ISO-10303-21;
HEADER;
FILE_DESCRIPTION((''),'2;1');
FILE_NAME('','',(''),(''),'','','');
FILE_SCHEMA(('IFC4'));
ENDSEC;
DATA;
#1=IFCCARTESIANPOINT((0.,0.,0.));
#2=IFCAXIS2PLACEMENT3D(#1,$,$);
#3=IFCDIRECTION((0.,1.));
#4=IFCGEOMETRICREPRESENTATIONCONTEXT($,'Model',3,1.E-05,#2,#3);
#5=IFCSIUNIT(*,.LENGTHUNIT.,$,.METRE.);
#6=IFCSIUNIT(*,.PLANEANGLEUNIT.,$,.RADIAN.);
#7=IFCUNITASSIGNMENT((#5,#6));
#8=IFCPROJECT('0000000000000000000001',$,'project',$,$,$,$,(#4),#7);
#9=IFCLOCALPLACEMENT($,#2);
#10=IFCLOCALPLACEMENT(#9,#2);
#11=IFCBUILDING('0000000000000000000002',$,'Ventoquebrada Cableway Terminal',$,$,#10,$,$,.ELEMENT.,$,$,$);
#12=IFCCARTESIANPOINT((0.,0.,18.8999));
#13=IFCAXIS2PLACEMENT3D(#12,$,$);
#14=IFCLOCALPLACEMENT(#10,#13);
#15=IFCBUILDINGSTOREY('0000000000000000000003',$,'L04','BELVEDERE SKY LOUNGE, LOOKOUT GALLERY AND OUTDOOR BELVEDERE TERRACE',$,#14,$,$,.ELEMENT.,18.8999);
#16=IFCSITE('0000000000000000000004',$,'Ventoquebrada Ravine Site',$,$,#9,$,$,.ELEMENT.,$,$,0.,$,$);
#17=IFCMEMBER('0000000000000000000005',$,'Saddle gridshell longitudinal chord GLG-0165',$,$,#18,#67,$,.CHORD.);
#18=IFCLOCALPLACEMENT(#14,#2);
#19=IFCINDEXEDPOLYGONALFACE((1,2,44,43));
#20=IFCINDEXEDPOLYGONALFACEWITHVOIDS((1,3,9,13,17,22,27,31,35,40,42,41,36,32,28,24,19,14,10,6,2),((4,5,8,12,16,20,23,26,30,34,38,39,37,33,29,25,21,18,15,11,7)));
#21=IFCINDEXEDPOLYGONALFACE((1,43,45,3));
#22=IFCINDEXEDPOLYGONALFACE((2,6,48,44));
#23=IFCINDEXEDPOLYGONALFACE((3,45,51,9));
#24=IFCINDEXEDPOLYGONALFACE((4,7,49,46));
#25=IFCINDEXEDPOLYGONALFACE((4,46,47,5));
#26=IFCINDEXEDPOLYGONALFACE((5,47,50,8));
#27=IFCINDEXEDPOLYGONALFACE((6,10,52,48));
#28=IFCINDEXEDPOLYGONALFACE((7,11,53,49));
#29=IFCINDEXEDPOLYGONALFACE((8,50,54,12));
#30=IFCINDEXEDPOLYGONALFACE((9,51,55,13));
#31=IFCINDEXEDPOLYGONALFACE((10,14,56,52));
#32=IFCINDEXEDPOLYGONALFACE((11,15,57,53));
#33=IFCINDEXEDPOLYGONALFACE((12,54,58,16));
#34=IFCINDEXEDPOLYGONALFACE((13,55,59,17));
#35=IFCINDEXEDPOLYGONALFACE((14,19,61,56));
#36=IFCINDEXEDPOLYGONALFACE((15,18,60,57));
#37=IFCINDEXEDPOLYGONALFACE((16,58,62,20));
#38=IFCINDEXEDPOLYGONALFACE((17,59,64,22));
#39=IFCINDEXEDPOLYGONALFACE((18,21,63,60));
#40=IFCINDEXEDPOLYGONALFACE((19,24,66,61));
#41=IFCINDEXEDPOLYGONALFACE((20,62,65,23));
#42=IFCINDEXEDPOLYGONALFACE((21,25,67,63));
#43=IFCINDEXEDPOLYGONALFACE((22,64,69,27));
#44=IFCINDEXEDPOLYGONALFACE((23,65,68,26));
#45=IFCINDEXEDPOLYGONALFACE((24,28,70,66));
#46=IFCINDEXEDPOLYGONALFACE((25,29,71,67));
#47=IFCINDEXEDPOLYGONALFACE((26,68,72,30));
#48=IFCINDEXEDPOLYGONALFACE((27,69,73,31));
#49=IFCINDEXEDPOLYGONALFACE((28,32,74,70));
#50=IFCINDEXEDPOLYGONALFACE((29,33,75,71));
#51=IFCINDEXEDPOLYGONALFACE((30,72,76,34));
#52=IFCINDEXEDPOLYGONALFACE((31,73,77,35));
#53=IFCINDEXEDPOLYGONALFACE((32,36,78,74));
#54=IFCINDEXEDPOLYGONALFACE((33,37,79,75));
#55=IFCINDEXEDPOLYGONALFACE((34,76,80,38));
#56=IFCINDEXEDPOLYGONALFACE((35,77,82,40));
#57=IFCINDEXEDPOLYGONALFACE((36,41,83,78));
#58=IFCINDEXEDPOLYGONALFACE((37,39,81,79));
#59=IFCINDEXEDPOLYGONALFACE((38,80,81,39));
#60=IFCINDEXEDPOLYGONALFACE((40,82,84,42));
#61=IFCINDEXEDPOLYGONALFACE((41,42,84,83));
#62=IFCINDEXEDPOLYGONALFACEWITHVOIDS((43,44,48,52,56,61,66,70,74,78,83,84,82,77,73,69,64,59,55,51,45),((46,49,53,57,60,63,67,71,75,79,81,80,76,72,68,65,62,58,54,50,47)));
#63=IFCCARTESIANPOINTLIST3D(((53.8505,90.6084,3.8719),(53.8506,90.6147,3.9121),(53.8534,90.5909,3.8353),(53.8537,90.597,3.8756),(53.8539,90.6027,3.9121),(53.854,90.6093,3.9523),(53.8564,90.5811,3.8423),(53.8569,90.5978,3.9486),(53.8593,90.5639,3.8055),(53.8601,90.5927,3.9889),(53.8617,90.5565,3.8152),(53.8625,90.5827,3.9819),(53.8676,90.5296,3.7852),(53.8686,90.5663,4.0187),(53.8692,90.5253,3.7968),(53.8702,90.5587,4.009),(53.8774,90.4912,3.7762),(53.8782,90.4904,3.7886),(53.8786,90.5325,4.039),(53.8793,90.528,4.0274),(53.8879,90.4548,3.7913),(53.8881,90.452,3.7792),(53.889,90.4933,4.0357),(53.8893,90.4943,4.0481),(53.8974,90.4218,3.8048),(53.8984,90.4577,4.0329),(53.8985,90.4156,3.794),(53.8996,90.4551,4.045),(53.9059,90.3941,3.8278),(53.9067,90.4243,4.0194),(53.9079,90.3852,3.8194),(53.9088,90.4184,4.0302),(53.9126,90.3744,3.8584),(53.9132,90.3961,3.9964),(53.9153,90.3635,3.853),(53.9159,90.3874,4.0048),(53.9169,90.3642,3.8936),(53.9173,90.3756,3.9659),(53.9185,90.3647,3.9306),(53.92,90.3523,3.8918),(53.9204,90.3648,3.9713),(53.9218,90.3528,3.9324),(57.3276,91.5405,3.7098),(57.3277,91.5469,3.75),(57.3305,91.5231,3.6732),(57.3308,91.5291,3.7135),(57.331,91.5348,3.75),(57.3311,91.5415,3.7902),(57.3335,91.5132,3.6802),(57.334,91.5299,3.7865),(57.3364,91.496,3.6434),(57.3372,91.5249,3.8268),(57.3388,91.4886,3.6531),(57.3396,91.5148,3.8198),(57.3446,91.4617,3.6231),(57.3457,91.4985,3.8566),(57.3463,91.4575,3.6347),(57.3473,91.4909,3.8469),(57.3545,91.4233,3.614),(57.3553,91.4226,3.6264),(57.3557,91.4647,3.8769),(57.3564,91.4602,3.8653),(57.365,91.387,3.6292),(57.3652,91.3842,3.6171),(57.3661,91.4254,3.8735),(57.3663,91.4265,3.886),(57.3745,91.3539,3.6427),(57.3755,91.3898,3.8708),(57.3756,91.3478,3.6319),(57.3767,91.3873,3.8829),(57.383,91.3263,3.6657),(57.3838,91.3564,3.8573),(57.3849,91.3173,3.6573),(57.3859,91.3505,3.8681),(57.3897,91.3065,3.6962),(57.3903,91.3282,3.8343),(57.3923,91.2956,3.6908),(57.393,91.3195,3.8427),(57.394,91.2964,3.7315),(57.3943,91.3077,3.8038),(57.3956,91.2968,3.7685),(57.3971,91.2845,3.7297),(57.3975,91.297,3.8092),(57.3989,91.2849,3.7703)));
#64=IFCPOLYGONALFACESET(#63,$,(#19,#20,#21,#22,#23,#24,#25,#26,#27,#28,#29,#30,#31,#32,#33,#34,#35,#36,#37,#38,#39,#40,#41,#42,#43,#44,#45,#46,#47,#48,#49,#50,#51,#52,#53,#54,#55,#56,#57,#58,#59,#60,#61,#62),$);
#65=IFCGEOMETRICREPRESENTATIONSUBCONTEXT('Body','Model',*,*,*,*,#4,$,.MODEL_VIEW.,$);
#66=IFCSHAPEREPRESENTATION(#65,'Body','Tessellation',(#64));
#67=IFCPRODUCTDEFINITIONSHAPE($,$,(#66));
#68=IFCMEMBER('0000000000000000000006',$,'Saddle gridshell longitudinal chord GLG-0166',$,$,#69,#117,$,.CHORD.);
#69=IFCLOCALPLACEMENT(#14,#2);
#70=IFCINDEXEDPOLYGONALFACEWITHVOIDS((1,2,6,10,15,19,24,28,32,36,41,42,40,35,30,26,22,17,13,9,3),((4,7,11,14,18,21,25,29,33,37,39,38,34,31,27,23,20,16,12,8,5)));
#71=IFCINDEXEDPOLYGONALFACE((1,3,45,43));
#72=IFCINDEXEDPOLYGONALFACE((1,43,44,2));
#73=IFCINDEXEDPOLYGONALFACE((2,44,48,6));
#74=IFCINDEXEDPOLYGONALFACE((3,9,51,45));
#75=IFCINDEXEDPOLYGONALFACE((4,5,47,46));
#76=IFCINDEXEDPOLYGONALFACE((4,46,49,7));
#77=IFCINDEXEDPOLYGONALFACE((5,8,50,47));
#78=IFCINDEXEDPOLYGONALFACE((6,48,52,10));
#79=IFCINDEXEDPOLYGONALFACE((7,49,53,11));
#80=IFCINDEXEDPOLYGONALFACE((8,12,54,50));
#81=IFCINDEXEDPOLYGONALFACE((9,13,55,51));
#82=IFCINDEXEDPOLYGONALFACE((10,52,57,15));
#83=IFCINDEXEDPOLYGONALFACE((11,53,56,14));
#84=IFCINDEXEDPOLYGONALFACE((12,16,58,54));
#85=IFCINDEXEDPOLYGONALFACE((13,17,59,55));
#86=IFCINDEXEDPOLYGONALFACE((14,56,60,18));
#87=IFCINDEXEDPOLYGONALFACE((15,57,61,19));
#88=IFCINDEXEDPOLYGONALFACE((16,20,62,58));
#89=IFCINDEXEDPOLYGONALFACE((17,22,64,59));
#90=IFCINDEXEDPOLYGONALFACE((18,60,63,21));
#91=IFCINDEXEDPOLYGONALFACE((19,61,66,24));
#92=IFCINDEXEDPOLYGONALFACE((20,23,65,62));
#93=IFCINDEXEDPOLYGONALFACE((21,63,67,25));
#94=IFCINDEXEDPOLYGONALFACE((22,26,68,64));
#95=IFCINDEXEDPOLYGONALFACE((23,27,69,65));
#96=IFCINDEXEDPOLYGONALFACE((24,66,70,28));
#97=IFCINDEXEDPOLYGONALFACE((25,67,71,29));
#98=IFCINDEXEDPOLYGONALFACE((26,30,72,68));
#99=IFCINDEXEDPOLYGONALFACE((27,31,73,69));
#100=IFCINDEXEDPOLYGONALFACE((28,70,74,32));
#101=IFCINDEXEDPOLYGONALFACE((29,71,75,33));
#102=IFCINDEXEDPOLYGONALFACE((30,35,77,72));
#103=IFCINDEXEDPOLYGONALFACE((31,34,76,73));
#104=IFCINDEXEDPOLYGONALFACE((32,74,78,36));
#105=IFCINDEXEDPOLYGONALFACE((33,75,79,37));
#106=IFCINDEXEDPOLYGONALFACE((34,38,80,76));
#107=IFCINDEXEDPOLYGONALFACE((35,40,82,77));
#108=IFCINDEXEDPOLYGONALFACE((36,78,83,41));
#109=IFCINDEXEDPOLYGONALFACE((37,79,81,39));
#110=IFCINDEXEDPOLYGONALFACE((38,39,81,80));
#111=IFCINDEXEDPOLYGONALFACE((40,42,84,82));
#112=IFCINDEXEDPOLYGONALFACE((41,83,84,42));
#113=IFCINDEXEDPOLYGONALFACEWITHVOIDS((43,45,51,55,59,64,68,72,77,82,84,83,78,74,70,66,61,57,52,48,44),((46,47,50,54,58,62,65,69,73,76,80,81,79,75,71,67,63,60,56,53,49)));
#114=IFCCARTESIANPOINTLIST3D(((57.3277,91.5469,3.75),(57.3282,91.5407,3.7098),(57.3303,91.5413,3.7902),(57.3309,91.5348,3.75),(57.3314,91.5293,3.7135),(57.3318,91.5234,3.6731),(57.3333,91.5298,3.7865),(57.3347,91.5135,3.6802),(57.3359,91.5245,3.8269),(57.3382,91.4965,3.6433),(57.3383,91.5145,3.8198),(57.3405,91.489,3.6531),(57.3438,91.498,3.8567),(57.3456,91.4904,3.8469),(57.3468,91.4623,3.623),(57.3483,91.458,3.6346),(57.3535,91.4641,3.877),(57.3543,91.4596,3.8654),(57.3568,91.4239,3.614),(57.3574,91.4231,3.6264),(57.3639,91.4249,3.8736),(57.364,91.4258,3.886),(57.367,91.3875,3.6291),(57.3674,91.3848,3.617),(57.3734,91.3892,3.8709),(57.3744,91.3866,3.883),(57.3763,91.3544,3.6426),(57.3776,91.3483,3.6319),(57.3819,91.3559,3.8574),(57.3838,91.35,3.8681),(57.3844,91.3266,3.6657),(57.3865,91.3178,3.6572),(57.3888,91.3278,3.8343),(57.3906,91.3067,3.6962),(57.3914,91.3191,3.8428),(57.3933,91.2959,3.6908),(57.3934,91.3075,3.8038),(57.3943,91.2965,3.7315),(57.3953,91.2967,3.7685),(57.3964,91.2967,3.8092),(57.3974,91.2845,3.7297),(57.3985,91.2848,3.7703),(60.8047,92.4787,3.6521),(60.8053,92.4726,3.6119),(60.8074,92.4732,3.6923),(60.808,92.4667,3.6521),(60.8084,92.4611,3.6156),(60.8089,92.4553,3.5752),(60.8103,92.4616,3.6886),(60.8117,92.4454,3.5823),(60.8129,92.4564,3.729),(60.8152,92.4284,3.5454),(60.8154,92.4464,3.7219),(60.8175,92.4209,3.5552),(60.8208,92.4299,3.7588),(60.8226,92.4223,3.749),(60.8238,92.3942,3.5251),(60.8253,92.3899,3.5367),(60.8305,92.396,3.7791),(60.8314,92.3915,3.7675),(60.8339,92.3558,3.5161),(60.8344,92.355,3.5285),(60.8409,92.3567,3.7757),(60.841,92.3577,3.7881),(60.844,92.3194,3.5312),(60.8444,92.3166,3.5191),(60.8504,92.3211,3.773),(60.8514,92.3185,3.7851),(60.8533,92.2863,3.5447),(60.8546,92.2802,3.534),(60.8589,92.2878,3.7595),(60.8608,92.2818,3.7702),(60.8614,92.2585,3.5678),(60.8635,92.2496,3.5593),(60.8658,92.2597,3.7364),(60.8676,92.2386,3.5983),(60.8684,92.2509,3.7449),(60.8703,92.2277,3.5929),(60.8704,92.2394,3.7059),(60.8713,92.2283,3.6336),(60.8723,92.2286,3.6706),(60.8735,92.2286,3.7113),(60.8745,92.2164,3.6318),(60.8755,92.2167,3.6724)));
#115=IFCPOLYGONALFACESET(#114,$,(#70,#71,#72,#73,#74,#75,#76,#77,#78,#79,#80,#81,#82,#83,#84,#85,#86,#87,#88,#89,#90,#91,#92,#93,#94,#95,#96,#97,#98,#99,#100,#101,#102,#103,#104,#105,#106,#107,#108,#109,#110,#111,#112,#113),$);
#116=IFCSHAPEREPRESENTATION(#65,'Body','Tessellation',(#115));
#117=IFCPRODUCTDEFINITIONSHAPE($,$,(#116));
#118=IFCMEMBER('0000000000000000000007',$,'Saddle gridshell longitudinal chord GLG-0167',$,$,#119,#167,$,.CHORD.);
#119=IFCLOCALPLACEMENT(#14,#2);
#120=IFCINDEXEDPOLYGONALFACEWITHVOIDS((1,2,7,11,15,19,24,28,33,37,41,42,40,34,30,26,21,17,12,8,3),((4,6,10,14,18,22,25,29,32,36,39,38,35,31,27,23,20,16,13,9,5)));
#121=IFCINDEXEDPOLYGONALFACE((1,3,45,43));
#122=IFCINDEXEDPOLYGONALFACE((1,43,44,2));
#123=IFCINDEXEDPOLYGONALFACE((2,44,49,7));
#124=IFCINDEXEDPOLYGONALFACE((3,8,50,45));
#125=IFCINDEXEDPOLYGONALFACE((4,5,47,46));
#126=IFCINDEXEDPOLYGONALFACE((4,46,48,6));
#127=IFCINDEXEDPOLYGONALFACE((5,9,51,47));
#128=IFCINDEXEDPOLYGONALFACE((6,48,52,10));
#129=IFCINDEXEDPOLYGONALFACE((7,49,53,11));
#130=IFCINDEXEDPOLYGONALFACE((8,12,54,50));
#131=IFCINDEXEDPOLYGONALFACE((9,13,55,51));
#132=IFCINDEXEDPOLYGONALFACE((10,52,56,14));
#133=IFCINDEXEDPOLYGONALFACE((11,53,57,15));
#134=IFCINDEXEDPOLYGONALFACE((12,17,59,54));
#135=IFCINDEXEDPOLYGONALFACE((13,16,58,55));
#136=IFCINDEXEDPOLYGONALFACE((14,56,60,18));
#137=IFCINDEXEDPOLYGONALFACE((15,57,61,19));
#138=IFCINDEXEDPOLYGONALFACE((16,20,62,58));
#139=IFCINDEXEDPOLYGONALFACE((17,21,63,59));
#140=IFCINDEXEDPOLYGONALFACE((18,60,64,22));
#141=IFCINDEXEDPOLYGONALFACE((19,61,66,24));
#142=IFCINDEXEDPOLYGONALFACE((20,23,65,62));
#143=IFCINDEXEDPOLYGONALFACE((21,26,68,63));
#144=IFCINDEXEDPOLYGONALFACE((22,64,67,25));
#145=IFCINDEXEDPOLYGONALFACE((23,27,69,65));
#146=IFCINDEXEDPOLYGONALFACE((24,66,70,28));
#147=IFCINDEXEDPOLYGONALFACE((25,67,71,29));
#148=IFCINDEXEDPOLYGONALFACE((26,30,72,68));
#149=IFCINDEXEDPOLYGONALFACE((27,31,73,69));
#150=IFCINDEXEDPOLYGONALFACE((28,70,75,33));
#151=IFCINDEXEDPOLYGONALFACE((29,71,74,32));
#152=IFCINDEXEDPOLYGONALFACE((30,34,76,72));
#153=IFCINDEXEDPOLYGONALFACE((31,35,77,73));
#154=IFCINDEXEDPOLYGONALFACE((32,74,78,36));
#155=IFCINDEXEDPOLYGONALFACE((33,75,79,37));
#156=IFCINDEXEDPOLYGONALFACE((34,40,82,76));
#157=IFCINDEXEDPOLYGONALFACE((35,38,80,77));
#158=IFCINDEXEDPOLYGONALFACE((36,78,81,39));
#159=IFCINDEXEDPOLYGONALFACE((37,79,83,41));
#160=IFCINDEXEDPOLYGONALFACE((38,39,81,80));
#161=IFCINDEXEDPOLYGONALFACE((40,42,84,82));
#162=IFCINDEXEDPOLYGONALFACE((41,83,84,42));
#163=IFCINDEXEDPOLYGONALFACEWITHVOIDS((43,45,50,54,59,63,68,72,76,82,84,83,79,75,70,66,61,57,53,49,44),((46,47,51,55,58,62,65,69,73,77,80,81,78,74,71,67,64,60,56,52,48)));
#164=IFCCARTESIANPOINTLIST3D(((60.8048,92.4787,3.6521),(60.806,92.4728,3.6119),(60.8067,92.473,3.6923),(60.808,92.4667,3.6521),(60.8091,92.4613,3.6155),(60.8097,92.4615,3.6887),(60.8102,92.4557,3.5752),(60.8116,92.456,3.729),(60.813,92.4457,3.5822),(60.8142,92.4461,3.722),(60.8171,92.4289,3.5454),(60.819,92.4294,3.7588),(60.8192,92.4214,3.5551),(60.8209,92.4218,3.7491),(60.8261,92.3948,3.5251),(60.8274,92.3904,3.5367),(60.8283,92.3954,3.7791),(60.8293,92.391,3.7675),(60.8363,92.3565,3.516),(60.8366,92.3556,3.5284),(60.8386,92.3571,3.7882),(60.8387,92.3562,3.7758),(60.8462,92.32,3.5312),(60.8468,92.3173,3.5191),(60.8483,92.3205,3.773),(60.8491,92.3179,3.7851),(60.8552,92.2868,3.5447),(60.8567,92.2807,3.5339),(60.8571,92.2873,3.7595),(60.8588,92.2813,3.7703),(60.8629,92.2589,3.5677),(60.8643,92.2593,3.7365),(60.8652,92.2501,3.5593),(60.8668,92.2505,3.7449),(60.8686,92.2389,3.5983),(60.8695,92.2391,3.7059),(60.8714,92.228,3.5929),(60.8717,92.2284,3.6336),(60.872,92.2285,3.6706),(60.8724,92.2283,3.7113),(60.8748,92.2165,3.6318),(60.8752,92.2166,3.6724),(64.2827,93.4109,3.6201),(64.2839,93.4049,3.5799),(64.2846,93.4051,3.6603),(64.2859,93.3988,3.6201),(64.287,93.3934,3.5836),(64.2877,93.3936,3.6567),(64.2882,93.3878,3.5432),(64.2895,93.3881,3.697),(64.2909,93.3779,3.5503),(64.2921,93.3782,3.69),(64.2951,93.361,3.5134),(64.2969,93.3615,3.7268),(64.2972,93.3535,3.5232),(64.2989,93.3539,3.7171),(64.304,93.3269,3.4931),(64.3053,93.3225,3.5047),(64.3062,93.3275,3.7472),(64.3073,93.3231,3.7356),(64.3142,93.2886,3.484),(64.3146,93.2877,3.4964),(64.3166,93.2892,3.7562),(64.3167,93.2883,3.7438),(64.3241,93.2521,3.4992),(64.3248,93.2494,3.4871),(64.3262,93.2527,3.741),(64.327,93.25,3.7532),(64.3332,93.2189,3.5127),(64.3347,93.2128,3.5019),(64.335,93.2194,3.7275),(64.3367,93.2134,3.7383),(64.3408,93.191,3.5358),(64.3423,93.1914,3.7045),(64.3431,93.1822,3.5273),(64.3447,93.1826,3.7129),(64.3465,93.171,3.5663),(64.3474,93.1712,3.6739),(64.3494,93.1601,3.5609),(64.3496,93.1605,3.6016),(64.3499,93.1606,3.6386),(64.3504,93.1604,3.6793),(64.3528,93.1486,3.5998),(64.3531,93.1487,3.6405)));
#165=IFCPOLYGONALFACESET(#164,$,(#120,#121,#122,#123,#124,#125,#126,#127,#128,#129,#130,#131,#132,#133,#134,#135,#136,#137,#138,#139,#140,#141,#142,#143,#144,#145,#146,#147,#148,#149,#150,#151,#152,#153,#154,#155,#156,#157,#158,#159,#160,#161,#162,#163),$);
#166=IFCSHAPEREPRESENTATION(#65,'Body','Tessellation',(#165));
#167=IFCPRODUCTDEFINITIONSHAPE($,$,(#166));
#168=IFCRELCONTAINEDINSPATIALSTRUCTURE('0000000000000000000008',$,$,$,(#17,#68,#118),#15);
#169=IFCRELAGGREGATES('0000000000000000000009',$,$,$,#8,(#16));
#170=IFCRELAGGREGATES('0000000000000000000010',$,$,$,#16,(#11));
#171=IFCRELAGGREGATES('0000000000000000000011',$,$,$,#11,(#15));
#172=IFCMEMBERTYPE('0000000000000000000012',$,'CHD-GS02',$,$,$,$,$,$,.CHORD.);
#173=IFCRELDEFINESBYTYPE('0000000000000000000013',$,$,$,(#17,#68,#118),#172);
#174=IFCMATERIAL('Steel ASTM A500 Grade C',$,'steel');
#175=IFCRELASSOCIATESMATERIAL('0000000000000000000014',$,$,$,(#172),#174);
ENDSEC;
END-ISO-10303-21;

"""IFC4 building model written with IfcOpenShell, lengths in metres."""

from ifc_helpers import new_model, si_unit, direction, frame, origin, origin_2d, place, context, subcontext, project, spatial, hollow_circle, extrude, material, material_profile, profile_set, type_object, element, save


model = new_model("IFC4")

# Units and contexts
model_context = context("Model", 3, precision=1e-05, world=origin(), true_north=direction((0.0, 1.0)))
body_context = subcontext(model_context, "Body", "Model", "MODEL_VIEW")
ifc_project = project(units=[si_unit("LENGTHUNIT", "METRE"), si_unit("PLANEANGLEUNIT", "RADIAN")], contexts=[model_context])

# Site, building, storey
site_placement = place(None, origin())
site = spatial("IfcSite", under=ifc_project, at=site_placement, Name="Ventoquebrada Ravine Site", CompositionType="ELEMENT", RefElevation=0.0)
building_placement = place(site_placement, origin())
building = spatial("IfcBuilding", under=site, at=building_placement, Name="Ventoquebrada Cableway Terminal", CompositionType="ELEMENT")
storey_placement = place(building_placement, frame((0.0, 0.0, 18.8999)))
storey = spatial("IfcBuildingStorey", under=building, at=storey_placement, Name="L04", Description="BELVEDERE SKY LOUNGE, LOOKOUT GALLERY AND OUTDOOR BELVEDERE TERRACE", CompositionType="ELEMENT", Elevation=18.8999)

# Members
ifc_material_1 = material(Name="Steel ASTM A500 Grade C", Category="steel")
ifc_material_profile_1 = material_profile(ifc_material_1, hollow_circle(Radius=0.1365, WallThickness=0.0125, at=origin_2d()), Name="CHS273.0X12.5")
ifc_profile_set_1 = profile_set([ifc_material_profile_1], Name="Steel ASTM A500 Grade C")
member_type_1 = type_object("IfcMemberType", Name="CHD-GS02", PredefinedType="CHORD", material=ifc_profile_set_1)
member_1_placement = place(storey_placement, frame((53.886, 90.4829, 3.9121), z_axis=(0.964916, 0.258675, -0.044987), x_axis=(-0.258937, 0.965894, 0.0)))
element("IfcMember", 1, at=member_1_placement, inside=storey, type_object=member_type_1, Name="Saddle gridshell longitudinal chord GLG-0165", PredefinedType="CHORD", context=body_context, shape_type="SweptSolid", body=[
    extrude(hollow_circle(Radius=0.1365, WallThickness=0.0125, at=origin_2d()), origin(), (0.0, 0.0, 1.0), 3.6035),
])
member_2_placement = place(storey_placement, frame((57.363, 91.415, 3.75), z_axis=(0.965554, 0.258778, -0.027186), x_axis=(-0.258874, 0.965911, 0.0)))
element("IfcMember", 2, at=member_2_placement, inside=storey, type_object=member_type_1, Name="Saddle gridshell longitudinal chord GLG-0166", PredefinedType="CHORD", context=body_context, shape_type="SweptSolid", body=[
    extrude(hollow_circle(Radius=0.1365, WallThickness=0.0125, at=origin_2d()), origin(), (0.0, 0.0, 1.0), 3.6011),
])
member_3_placement = place(storey_placement, frame((60.8401, 92.3469, 3.6521), z_axis=(0.965874, 0.258859, -0.008882), x_axis=(-0.258869, 0.965912, 0.0)))
element("IfcMember", 3, at=member_3_placement, inside=storey, type_object=member_type_1, Name="Saddle gridshell longitudinal chord GLG-0167", PredefinedType="CHORD", context=body_context, shape_type="SweptSolid", body=[
    extrude(hollow_circle(Radius=0.1365, WallThickness=0.0125, at=origin_2d()), origin(), (0.0, 0.0, 1.0), 3.6008),
])

save(model, "model.ifc")
